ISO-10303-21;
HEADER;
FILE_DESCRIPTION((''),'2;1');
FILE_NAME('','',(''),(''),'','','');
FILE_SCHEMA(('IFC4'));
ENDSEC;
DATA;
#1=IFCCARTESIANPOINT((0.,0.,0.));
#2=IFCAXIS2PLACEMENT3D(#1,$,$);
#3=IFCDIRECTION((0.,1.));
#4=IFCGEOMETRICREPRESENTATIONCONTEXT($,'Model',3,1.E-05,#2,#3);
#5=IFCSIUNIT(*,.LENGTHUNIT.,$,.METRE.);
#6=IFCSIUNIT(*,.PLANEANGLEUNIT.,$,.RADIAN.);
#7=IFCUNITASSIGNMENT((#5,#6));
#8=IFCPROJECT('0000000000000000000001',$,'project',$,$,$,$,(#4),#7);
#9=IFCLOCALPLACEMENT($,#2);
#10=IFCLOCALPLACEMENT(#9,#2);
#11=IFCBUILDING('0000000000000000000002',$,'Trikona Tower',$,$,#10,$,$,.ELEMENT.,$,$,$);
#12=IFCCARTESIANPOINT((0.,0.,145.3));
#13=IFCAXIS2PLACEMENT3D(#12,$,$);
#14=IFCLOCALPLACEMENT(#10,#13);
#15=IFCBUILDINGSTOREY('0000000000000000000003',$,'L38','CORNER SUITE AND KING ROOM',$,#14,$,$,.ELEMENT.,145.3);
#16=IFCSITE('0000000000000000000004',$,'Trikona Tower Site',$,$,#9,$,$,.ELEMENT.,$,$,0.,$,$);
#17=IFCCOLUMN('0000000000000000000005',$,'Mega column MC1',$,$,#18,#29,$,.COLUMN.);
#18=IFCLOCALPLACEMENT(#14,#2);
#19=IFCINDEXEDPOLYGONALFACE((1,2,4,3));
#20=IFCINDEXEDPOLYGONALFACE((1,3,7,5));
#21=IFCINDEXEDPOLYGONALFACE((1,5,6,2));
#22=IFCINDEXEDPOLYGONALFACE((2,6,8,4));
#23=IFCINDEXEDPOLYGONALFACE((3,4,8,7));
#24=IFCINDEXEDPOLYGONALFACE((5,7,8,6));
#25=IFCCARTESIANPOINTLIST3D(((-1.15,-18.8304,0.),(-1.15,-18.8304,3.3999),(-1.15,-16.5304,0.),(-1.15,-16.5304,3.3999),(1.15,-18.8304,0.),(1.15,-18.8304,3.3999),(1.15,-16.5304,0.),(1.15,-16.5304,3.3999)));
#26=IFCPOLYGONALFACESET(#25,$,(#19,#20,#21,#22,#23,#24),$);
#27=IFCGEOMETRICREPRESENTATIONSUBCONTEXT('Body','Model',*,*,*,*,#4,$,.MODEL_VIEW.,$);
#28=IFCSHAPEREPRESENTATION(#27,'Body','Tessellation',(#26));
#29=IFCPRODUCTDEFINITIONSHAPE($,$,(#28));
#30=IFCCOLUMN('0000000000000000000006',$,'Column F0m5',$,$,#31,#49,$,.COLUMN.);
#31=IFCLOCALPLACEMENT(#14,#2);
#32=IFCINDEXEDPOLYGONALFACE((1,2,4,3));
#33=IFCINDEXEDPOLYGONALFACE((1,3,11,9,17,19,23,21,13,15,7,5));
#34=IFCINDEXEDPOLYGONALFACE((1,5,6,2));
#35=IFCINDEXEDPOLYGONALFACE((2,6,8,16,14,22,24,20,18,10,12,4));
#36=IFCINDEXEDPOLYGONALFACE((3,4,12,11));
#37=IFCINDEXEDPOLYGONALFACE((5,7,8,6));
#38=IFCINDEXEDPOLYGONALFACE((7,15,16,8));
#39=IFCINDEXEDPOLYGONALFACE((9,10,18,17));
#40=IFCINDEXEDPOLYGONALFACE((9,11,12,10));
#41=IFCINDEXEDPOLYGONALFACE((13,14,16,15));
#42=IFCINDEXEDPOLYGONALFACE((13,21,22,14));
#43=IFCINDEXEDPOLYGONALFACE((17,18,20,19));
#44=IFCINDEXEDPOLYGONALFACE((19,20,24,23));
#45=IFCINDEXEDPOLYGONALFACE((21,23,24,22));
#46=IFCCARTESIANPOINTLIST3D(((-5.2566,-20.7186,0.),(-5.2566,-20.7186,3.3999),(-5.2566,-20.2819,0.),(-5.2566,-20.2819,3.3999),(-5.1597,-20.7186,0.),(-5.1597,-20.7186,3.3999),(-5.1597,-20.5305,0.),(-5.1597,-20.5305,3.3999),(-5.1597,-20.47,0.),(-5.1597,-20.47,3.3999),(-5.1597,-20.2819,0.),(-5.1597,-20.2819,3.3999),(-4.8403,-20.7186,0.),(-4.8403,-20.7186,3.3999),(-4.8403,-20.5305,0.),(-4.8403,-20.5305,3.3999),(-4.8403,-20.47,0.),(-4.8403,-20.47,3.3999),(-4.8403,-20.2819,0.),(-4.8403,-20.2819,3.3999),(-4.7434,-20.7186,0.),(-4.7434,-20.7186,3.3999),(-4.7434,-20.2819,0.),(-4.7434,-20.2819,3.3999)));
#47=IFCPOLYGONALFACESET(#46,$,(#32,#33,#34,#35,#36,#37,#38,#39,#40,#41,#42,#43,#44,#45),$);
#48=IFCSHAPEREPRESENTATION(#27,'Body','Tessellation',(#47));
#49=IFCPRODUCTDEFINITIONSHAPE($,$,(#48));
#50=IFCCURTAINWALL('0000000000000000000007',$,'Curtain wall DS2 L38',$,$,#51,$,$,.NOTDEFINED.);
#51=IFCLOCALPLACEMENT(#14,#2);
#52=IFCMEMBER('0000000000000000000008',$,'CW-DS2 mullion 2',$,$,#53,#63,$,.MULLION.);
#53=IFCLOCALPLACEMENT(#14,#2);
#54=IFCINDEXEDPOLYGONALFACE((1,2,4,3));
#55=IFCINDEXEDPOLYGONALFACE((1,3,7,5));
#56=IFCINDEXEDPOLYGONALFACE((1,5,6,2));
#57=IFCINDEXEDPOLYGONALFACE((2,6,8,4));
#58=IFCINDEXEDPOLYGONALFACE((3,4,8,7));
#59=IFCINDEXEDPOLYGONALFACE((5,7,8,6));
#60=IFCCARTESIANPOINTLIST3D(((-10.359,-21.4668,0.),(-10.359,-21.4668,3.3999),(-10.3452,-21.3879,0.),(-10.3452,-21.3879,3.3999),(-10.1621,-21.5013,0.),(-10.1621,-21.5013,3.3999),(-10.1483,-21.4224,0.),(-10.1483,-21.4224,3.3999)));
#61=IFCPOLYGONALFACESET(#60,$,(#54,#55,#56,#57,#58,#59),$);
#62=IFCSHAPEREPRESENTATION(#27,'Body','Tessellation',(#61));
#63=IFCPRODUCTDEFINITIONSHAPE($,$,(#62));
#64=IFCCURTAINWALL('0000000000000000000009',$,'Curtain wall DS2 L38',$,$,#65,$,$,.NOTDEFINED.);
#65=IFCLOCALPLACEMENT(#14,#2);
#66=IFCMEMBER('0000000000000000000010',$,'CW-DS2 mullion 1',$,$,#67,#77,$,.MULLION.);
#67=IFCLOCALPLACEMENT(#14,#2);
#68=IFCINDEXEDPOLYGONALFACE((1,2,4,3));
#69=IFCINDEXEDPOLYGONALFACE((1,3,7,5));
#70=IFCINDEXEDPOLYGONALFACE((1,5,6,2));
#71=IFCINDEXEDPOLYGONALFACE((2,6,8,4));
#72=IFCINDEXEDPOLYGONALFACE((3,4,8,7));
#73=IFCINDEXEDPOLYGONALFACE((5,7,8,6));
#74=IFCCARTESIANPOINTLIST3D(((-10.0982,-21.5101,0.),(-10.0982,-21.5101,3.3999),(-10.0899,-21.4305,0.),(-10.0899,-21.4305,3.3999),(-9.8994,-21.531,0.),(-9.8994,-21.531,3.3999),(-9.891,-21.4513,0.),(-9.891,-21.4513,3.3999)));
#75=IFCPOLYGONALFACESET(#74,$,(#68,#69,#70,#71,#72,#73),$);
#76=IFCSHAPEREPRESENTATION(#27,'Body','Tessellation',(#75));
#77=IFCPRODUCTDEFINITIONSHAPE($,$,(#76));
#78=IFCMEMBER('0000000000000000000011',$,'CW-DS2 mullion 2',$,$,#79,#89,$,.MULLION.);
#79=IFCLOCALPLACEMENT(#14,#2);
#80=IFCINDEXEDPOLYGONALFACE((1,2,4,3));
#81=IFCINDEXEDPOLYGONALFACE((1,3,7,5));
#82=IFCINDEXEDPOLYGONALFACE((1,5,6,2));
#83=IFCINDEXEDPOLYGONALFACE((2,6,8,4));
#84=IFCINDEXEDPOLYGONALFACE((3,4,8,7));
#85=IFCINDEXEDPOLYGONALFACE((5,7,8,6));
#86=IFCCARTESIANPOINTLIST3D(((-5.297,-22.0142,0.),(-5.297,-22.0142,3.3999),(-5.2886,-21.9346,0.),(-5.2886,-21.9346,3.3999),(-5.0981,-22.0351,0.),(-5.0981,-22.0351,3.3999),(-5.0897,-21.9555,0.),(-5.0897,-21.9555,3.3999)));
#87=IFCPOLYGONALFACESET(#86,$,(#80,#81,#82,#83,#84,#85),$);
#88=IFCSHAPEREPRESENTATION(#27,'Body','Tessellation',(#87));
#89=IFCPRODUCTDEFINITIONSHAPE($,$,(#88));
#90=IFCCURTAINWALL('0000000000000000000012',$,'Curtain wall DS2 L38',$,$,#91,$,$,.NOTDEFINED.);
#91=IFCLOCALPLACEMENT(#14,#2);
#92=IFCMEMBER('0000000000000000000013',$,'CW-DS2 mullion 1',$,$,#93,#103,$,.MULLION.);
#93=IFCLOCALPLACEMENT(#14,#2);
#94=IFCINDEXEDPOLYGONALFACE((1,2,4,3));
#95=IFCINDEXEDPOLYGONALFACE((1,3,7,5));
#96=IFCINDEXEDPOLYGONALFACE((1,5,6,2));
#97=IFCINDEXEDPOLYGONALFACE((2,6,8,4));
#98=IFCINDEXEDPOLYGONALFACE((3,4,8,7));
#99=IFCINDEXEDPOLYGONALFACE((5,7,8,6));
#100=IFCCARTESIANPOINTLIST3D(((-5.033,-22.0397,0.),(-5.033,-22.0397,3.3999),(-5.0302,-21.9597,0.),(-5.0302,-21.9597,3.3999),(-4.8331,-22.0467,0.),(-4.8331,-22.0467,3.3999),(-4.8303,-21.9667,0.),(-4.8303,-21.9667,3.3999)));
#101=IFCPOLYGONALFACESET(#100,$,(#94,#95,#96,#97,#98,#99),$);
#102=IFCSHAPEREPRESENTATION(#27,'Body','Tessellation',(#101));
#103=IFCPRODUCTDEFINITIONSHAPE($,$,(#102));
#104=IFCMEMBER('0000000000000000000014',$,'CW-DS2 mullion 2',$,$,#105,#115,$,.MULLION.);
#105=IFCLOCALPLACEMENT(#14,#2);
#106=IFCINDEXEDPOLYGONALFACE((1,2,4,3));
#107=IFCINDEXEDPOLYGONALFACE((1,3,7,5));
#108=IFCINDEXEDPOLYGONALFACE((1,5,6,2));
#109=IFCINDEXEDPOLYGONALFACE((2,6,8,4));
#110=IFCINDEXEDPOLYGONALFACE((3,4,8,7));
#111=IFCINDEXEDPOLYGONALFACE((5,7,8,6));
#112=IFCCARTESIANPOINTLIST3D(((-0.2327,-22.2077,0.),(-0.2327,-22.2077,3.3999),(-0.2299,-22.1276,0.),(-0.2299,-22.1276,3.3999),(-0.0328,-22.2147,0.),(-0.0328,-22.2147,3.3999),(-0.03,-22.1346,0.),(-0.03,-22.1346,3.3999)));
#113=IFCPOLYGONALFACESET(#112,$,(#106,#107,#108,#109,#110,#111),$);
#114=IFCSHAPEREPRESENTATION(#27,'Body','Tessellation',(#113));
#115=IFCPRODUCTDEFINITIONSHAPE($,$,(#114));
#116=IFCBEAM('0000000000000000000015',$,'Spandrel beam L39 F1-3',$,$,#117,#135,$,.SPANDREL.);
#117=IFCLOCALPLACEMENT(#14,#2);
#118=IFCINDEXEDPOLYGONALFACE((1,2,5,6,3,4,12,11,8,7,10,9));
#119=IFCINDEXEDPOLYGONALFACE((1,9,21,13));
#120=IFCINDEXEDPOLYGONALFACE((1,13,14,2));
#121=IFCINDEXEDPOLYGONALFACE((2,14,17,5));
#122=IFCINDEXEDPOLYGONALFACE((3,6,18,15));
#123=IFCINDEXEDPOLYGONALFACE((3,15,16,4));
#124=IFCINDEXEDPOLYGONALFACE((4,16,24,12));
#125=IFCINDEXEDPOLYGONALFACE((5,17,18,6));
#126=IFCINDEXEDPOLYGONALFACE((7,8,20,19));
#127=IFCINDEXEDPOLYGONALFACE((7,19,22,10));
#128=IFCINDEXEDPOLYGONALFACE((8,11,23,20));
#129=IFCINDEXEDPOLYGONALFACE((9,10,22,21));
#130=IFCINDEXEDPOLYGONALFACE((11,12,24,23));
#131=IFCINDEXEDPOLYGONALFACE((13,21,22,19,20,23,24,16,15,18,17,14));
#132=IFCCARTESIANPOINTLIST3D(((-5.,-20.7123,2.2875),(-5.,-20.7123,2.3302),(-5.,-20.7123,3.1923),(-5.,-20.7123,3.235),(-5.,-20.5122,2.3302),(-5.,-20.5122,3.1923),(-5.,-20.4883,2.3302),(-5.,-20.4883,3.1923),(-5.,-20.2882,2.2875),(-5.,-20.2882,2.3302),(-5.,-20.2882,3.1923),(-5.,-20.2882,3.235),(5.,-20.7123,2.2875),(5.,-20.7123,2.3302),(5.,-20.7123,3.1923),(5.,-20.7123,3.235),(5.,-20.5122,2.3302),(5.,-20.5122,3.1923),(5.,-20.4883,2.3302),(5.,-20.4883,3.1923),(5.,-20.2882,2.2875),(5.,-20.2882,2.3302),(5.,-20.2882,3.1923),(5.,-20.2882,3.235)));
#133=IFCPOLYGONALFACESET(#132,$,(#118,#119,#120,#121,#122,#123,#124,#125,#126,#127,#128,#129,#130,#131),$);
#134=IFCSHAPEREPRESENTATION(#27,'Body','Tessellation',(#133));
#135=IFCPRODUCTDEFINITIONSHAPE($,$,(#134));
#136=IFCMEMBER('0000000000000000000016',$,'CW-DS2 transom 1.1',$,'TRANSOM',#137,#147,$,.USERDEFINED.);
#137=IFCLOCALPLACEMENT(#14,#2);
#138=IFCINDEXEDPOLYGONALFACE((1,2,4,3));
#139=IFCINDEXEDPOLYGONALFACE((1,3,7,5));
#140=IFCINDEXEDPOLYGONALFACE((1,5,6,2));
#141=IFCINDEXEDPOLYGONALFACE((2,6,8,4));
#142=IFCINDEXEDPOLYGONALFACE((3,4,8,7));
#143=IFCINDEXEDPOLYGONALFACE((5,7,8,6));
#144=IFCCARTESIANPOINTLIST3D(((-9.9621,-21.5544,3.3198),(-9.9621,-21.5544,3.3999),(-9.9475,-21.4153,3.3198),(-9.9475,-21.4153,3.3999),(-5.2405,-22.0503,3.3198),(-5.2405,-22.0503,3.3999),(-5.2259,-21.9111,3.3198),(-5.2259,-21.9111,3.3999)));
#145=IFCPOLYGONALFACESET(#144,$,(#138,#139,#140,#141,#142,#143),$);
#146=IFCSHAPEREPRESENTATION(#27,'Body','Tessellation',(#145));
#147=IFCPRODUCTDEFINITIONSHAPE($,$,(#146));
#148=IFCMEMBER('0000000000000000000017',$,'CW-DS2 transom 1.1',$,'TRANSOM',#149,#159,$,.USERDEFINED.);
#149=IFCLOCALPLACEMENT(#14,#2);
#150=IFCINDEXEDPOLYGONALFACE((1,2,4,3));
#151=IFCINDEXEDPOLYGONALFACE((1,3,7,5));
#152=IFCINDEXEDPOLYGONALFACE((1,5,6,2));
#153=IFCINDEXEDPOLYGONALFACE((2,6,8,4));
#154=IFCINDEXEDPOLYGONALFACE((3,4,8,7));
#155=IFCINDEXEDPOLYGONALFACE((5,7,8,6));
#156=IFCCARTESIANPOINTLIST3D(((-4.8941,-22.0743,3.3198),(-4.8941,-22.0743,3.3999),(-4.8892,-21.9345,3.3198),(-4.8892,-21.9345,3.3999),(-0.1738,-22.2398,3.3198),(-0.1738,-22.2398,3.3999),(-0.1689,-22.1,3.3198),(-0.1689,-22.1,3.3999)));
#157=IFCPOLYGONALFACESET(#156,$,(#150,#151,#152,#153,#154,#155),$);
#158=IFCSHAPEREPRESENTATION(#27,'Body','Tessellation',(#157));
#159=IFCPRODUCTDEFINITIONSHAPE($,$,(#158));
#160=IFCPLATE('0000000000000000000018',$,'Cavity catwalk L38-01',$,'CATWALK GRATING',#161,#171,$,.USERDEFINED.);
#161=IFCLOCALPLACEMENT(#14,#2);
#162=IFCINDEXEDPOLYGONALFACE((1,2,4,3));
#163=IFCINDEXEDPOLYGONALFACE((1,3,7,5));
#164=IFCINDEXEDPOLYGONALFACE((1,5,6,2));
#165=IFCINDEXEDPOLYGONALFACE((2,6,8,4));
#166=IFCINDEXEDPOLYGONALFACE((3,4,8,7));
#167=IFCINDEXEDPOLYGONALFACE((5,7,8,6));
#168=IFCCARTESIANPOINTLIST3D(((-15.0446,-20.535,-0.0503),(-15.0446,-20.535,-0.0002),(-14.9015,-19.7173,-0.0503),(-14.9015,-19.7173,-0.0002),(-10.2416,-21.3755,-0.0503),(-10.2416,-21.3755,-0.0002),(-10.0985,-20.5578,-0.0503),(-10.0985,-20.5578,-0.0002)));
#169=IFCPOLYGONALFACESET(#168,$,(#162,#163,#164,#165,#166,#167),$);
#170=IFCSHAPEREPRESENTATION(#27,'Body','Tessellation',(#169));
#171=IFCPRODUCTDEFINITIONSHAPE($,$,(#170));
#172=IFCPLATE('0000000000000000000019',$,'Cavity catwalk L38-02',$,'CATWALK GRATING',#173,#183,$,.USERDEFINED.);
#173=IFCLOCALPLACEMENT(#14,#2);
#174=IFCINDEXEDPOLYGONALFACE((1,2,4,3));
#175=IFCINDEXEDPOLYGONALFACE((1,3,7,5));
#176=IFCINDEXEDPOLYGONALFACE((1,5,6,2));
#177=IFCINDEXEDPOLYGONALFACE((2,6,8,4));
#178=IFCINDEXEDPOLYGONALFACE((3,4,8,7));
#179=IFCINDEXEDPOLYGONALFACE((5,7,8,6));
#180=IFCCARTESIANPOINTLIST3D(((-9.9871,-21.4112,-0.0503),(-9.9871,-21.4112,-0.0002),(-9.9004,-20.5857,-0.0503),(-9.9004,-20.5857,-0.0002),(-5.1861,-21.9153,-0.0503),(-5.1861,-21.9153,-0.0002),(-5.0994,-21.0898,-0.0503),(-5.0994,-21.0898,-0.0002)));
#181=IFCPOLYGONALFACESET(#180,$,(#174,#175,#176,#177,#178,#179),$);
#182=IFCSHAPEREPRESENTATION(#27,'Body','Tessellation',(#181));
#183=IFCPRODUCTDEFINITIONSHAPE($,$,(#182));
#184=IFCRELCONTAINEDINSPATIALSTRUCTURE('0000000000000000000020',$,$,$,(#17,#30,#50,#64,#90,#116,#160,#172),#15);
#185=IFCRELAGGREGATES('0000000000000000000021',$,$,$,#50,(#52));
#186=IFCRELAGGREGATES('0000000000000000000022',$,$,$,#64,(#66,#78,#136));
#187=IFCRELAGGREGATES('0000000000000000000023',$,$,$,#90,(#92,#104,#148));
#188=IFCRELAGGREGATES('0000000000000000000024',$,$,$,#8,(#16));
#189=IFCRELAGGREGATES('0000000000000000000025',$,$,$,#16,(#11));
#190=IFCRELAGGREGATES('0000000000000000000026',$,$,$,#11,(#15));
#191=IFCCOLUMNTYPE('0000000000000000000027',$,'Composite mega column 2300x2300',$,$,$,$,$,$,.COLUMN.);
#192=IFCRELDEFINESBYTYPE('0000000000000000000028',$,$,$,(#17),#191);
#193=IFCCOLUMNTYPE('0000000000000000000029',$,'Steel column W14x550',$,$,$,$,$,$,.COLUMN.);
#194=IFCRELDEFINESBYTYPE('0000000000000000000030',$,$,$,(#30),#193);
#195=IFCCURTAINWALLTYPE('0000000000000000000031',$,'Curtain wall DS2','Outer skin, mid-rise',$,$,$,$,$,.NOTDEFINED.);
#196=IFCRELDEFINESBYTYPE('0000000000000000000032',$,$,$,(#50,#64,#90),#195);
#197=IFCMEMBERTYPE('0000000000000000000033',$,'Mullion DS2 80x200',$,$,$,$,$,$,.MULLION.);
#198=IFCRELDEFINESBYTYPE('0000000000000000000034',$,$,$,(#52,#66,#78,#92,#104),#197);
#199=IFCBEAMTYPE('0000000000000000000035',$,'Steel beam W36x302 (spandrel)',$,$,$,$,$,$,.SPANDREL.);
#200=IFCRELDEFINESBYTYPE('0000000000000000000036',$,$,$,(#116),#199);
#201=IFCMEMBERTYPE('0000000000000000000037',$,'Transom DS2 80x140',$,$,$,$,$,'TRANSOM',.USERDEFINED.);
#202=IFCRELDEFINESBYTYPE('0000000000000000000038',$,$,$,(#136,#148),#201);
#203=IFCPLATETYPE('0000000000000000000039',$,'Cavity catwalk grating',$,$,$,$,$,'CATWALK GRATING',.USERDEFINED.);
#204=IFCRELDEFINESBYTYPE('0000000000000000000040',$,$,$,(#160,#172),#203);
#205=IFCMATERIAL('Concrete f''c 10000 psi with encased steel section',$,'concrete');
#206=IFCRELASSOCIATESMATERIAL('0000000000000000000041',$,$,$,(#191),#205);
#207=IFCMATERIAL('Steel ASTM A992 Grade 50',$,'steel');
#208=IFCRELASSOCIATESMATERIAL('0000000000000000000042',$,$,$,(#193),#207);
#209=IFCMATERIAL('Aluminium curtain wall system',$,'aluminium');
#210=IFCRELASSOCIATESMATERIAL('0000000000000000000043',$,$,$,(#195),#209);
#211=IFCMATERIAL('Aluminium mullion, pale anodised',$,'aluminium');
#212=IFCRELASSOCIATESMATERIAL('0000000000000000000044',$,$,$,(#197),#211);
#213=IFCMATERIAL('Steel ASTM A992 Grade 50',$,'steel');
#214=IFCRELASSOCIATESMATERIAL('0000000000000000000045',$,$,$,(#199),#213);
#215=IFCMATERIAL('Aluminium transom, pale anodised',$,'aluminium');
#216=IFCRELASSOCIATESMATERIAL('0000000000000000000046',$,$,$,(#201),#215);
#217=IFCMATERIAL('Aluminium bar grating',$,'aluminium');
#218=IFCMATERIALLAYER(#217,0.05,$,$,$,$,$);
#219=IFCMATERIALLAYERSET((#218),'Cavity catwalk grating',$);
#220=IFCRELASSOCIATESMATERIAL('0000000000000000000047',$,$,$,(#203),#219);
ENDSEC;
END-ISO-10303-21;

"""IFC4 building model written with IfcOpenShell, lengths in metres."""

from ifc_helpers import new_model, si_unit, direction, frame, origin, origin_2d, place, context, subcontext, project, spatial, rectangle, i_section, extrude, material, layer, layer_set, material_profile, profile_set, type_object, element, aggregate, save


model = new_model("IFC4")

# Units and contexts
model_context = context("Model", 3, precision=1e-05, world=origin(), true_north=direction((0.0, 1.0)))
body_context = subcontext(model_context, "Body", "Model", "MODEL_VIEW")
ifc_project = project(units=[si_unit("LENGTHUNIT", "METRE"), si_unit("PLANEANGLEUNIT", "RADIAN")], contexts=[model_context])

# Site, building, storey
site_placement = place(None, origin())
site = spatial("IfcSite", under=ifc_project, at=site_placement, Name="Trikona Tower Site", CompositionType="ELEMENT", RefElevation=0.0)
building_placement = place(site_placement, origin())
building = spatial("IfcBuilding", under=site, at=building_placement, Name="Trikona Tower", CompositionType="ELEMENT")
storey_placement = place(building_placement, frame((0.0, 0.0, 145.3)))
storey = spatial("IfcBuildingStorey", under=building, at=storey_placement, Name="L38", Description="CORNER SUITE AND KING ROOM", CompositionType="ELEMENT", Elevation=145.3)

# Columns
ifc_material_1 = material(Name="Concrete f'c 10000 psi with encased steel section", Category="concrete")
ifc_material_profile_1 = material_profile(ifc_material_1, rectangle(XDim=2.3, YDim=2.3, at=origin_2d()), Name="MC2300")
ifc_profile_set_1 = profile_set([ifc_material_profile_1], Name="Concrete f'c 10000 psi with encased steel section")
column_type_1 = type_object("IfcColumnType", Name="Composite mega column 2300x2300", PredefinedType="COLUMN", material=ifc_profile_set_1)
column_1_placement = place(storey_placement, frame((0.0, -17.6804, 0.0), z_axis=(0.0, 0.0, 1.0), x_axis=(0.0, -1.0, 0.0)))
element("IfcColumn", 1, at=column_1_placement, inside=storey, type_object=column_type_1, Name="Mega column MC1", PredefinedType="COLUMN", context=body_context, shape_type="SweptSolid", body=[
    extrude(rectangle(XDim=2.3, YDim=2.3, at=origin_2d()), origin(), (0.0, 0.0, 1.0), 3.3999),
])
ifc_material_2 = material(Name="Steel ASTM A992 Grade 50", Category="steel")
ifc_material_profile_2 = material_profile(ifc_material_2, i_section(OverallWidth=0.4368, OverallDepth=0.5132, WebThickness=0.0605, FlangeThickness=0.0969, at=origin_2d()), Name="W14X550")
ifc_profile_set_2 = profile_set([ifc_material_profile_2], Name="Steel ASTM A992 Grade 50")
column_type_2 = type_object("IfcColumnType", Name="Steel column W14x550", PredefinedType="COLUMN", material=ifc_profile_set_2)
column_2_placement = place(storey_placement, frame((-5.0, -20.5002, 0.0), z_axis=(0.0, 0.0, 1.0), x_axis=(0.0, -1.0, 0.0)))
element("IfcColumn", 2, at=column_2_placement, inside=storey, type_object=column_type_2, Name="Column F0m5", PredefinedType="COLUMN", context=body_context, shape_type="SweptSolid", body=[
    extrude(i_section(OverallWidth=0.4368, OverallDepth=0.5132, WebThickness=0.0605, FlangeThickness=0.0969, at=origin_2d()), origin(), (0.0, 0.0, 1.0), 3.3999),
])

# Curtain wall, member
ifc_material_3 = material(Name="Aluminium curtain wall system", Category="aluminium")
curtain_wall_type = type_object("IfcCurtainWallType", Name="Curtain wall DS2", Description="Outer skin, mid-rise", PredefinedType="NOTDEFINED", material=ifc_material_3)
curtain_wall_1_placement = place(storey_placement, origin())
curtain_wall_1 = element("IfcCurtainWall", 3, at=curtain_wall_1_placement, inside=storey, type_object=curtain_wall_type, Name="Curtain wall DS2 L38", PredefinedType="NOTDEFINED")
ifc_material_4 = material(Name="Aluminium mullion, pale anodised", Category="aluminium")
ifc_material_profile_3 = material_profile(ifc_material_4, rectangle(XDim=0.0801, YDim=0.2, at=origin_2d()), Name="MUL-DS2")
ifc_profile_set_3 = profile_set([ifc_material_profile_3], Name="Aluminium mullion, pale anodised")
member_type_1 = type_object("IfcMemberType", Name="Mullion DS2 80x200", PredefinedType="MULLION", material=ifc_profile_set_3)
member_1_placement = place(storey_placement, frame((-10.2537, -21.4446, 0.0), z_axis=(0.0, 0.0, 1.0), x_axis=(0.172377, 0.985031, 0.0)))
member_1 = element("IfcMember", 4, at=member_1_placement, type_object=member_type_1, Name="CW-DS2 mullion 2", PredefinedType="MULLION", context=body_context, shape_type="SweptSolid", body=[
    extrude(rectangle(XDim=0.0801, YDim=0.2, at=origin_2d()), origin(), (0.0, 0.0, 1.0), 3.3999),
])

# Curtain walls, members
curtain_wall_2_placement = place(storey_placement, origin())
curtain_wall_2 = element("IfcCurtainWall", 5, at=curtain_wall_2_placement, inside=storey, type_object=curtain_wall_type, Name="Curtain wall DS2 L38", PredefinedType="NOTDEFINED")
member_2_placement = place(storey_placement, frame((-9.9946, -21.4807, 0.0), z_axis=(0.0, 0.0, 1.0), x_axis=(0.104433, 0.994532, 0.0)))
member_2 = element("IfcMember", 6, at=member_2_placement, type_object=member_type_1, Name="CW-DS2 mullion 1", PredefinedType="MULLION", context=body_context, shape_type="SweptSolid", body=[
    extrude(rectangle(XDim=0.0801, YDim=0.2, at=origin_2d()), origin(), (0.0, 0.0, 1.0), 3.3999),
])
member_3_placement = place(storey_placement, frame((-5.1934, -21.9849, 0.0), z_axis=(0.0, 0.0, 1.0), x_axis=(0.104433, 0.994532, 0.0)))
member_3 = element("IfcMember", 7, at=member_3_placement, type_object=member_type_1, Name="CW-DS2 mullion 2", PredefinedType="MULLION", context=body_context, shape_type="SweptSolid", body=[
    extrude(rectangle(XDim=0.0801, YDim=0.2, at=origin_2d()), origin(), (0.0, 0.0, 1.0), 3.3999),
])
curtain_wall_3_placement = place(storey_placement, origin())
curtain_wall_3 = element("IfcCurtainWall", 8, at=curtain_wall_3_placement, inside=storey, type_object=curtain_wall_type, Name="Curtain wall DS2 L38", PredefinedType="NOTDEFINED")
member_4_placement = place(storey_placement, frame((-4.9316, -22.0032, 0.0), z_axis=(0.0, 0.0, 1.0), x_axis=(0.034998, 0.999387, 0.0)))
member_4 = element("IfcMember", 9, at=member_4_placement, type_object=member_type_1, Name="CW-DS2 mullion 1", PredefinedType="MULLION", context=body_context, shape_type="SweptSolid", body=[
    extrude(rectangle(XDim=0.0801, YDim=0.2, at=origin_2d()), origin(), (0.0, 0.0, 1.0), 3.3999),
])
member_5_placement = place(storey_placement, frame((-0.1313, -22.1711, 0.0), z_axis=(0.0, 0.0, 1.0), x_axis=(0.034998, 0.999387, 0.0)))
member_5 = element("IfcMember", 10, at=member_5_placement, type_object=member_type_1, Name="CW-DS2 mullion 2", PredefinedType="MULLION", context=body_context, shape_type="SweptSolid", body=[
    extrude(rectangle(XDim=0.0801, YDim=0.2, at=origin_2d()), origin(), (0.0, 0.0, 1.0), 3.3999),
])

# Beam
ifc_material_5 = material(Name="Steel ASTM A992 Grade 50", Category="steel")
ifc_material_profile_4 = material_profile(ifc_material_5, i_section(OverallWidth=0.4241, OverallDepth=0.9475, WebThickness=0.0239, FlangeThickness=0.0427, at=origin_2d()), Name="W36X302")
ifc_profile_set_4 = profile_set([ifc_material_profile_4], Name="Steel ASTM A992 Grade 50")
beam_type = type_object("IfcBeamType", Name="Steel beam W36x302 (spandrel)", PredefinedType="SPANDREL", material=ifc_profile_set_4)
beam_placement = place(storey_placement, frame((-5.0, -20.5002, 2.7612), z_axis=(1.0, 0.0, 0.0), x_axis=(0.0, 1.0, 0.0)))
element("IfcBeam", 11, at=beam_placement, inside=storey, type_object=beam_type, Name="Spandrel beam L39 F1-3", PredefinedType="SPANDREL", context=body_context, shape_type="SweptSolid", body=[
    extrude(i_section(OverallWidth=0.4241, OverallDepth=0.9475, WebThickness=0.0239, FlangeThickness=0.0427, at=origin_2d()), origin(), (0.0, 0.0, 1.0), 10.0),
])

# Members
ifc_material_6 = material(Name="Aluminium transom, pale anodised", Category="aluminium")
ifc_material_profile_5 = material_profile(ifc_material_6, rectangle(XDim=0.1399, YDim=0.0801, at=origin_2d()), Name="TRN-DS2")
ifc_profile_set_5 = profile_set([ifc_material_profile_5], Name="Aluminium transom, pale anodised")
member_type_2 = type_object("IfcMemberType", Name="Transom DS2 80x140", ElementType="TRANSOM", PredefinedType="USERDEFINED", material=ifc_profile_set_5)
member_6_placement = place(storey_placement, frame((-9.9548, -21.4849, 3.3599), z_axis=(0.994531, -0.104441, 0.0), x_axis=(0.104441, 0.994531, 0.0)))
member_6 = element("IfcMember", 12, at=member_6_placement, type_object=member_type_2, Name="CW-DS2 transom 1.1", ObjectType="TRANSOM", PredefinedType="USERDEFINED", context=body_context, shape_type="SweptSolid", body=[
    extrude(rectangle(XDim=0.1399, YDim=0.0801, at=origin_2d()), origin(), (0.0, 0.0, 1.0), 4.7476),
])
member_7_placement = place(storey_placement, frame((-4.8916, -22.0044, 3.3599), z_axis=(0.999386, -0.035046, 0.0), x_axis=(0.035046, 0.999386, 0.0)))
member_7 = element("IfcMember", 13, at=member_7_placement, type_object=member_type_2, Name="CW-DS2 transom 1.1", ObjectType="TRANSOM", PredefinedType="USERDEFINED", context=body_context, shape_type="SweptSolid", body=[
    extrude(rectangle(XDim=0.1399, YDim=0.0801, at=origin_2d()), origin(), (0.0, 0.0, 1.0), 4.7231),
])

# Plates
ifc_material_7 = material(Name="Aluminium bar grating", Category="aluminium")
ifc_layer_1 = layer(ifc_material_7, 0.05)
ifc_layer_set_1 = layer_set([ifc_layer_1], Name="Cavity catwalk grating")
plate_type_1 = type_object("IfcPlateType", Name="Cavity catwalk grating", ElementType="CATWALK GRATING", PredefinedType="USERDEFINED", material=ifc_layer_set_1)
plate_1_placement = place(storey_placement, frame((-12.5715, -20.5464, -0.0503), z_axis=(0.0, 0.0, 1.0), x_axis=(0.985031, -0.17238, 0.0)))
element("IfcPlate", 14, at=plate_1_placement, inside=storey, type_object=plate_type_1, Name="Cavity catwalk L38-01", ObjectType="CATWALK GRATING", PredefinedType="USERDEFINED", context=body_context, shape_type="SweptSolid", body=[
    extrude(rectangle(XDim=4.876, YDim=0.8301, at=origin_2d()), origin(), (0.0, 0.0, 1.0), 0.05),
])
plate_2_placement = place(storey_placement, frame((-7.5432, -21.2505, -0.0503), z_axis=(0.0, 0.0, 1.0), x_axis=(0.994533, -0.104426, 0.0)))
element("IfcPlate", 15, at=plate_2_placement, inside=storey, type_object=plate_type_1, Name="Cavity catwalk L38-02", ObjectType="CATWALK GRATING", PredefinedType="USERDEFINED", context=body_context, shape_type="SweptSolid", body=[
    extrude(rectangle(XDim=4.8274, YDim=0.8301, at=origin_2d()), origin(), (0.0, 0.0, 1.0), 0.05),
])

aggregate(curtain_wall_1, [member_1])
aggregate(curtain_wall_2, [member_2, member_3, member_6])
aggregate(curtain_wall_3, [member_4, member_5, member_7])

save(model, "model.ifc")
